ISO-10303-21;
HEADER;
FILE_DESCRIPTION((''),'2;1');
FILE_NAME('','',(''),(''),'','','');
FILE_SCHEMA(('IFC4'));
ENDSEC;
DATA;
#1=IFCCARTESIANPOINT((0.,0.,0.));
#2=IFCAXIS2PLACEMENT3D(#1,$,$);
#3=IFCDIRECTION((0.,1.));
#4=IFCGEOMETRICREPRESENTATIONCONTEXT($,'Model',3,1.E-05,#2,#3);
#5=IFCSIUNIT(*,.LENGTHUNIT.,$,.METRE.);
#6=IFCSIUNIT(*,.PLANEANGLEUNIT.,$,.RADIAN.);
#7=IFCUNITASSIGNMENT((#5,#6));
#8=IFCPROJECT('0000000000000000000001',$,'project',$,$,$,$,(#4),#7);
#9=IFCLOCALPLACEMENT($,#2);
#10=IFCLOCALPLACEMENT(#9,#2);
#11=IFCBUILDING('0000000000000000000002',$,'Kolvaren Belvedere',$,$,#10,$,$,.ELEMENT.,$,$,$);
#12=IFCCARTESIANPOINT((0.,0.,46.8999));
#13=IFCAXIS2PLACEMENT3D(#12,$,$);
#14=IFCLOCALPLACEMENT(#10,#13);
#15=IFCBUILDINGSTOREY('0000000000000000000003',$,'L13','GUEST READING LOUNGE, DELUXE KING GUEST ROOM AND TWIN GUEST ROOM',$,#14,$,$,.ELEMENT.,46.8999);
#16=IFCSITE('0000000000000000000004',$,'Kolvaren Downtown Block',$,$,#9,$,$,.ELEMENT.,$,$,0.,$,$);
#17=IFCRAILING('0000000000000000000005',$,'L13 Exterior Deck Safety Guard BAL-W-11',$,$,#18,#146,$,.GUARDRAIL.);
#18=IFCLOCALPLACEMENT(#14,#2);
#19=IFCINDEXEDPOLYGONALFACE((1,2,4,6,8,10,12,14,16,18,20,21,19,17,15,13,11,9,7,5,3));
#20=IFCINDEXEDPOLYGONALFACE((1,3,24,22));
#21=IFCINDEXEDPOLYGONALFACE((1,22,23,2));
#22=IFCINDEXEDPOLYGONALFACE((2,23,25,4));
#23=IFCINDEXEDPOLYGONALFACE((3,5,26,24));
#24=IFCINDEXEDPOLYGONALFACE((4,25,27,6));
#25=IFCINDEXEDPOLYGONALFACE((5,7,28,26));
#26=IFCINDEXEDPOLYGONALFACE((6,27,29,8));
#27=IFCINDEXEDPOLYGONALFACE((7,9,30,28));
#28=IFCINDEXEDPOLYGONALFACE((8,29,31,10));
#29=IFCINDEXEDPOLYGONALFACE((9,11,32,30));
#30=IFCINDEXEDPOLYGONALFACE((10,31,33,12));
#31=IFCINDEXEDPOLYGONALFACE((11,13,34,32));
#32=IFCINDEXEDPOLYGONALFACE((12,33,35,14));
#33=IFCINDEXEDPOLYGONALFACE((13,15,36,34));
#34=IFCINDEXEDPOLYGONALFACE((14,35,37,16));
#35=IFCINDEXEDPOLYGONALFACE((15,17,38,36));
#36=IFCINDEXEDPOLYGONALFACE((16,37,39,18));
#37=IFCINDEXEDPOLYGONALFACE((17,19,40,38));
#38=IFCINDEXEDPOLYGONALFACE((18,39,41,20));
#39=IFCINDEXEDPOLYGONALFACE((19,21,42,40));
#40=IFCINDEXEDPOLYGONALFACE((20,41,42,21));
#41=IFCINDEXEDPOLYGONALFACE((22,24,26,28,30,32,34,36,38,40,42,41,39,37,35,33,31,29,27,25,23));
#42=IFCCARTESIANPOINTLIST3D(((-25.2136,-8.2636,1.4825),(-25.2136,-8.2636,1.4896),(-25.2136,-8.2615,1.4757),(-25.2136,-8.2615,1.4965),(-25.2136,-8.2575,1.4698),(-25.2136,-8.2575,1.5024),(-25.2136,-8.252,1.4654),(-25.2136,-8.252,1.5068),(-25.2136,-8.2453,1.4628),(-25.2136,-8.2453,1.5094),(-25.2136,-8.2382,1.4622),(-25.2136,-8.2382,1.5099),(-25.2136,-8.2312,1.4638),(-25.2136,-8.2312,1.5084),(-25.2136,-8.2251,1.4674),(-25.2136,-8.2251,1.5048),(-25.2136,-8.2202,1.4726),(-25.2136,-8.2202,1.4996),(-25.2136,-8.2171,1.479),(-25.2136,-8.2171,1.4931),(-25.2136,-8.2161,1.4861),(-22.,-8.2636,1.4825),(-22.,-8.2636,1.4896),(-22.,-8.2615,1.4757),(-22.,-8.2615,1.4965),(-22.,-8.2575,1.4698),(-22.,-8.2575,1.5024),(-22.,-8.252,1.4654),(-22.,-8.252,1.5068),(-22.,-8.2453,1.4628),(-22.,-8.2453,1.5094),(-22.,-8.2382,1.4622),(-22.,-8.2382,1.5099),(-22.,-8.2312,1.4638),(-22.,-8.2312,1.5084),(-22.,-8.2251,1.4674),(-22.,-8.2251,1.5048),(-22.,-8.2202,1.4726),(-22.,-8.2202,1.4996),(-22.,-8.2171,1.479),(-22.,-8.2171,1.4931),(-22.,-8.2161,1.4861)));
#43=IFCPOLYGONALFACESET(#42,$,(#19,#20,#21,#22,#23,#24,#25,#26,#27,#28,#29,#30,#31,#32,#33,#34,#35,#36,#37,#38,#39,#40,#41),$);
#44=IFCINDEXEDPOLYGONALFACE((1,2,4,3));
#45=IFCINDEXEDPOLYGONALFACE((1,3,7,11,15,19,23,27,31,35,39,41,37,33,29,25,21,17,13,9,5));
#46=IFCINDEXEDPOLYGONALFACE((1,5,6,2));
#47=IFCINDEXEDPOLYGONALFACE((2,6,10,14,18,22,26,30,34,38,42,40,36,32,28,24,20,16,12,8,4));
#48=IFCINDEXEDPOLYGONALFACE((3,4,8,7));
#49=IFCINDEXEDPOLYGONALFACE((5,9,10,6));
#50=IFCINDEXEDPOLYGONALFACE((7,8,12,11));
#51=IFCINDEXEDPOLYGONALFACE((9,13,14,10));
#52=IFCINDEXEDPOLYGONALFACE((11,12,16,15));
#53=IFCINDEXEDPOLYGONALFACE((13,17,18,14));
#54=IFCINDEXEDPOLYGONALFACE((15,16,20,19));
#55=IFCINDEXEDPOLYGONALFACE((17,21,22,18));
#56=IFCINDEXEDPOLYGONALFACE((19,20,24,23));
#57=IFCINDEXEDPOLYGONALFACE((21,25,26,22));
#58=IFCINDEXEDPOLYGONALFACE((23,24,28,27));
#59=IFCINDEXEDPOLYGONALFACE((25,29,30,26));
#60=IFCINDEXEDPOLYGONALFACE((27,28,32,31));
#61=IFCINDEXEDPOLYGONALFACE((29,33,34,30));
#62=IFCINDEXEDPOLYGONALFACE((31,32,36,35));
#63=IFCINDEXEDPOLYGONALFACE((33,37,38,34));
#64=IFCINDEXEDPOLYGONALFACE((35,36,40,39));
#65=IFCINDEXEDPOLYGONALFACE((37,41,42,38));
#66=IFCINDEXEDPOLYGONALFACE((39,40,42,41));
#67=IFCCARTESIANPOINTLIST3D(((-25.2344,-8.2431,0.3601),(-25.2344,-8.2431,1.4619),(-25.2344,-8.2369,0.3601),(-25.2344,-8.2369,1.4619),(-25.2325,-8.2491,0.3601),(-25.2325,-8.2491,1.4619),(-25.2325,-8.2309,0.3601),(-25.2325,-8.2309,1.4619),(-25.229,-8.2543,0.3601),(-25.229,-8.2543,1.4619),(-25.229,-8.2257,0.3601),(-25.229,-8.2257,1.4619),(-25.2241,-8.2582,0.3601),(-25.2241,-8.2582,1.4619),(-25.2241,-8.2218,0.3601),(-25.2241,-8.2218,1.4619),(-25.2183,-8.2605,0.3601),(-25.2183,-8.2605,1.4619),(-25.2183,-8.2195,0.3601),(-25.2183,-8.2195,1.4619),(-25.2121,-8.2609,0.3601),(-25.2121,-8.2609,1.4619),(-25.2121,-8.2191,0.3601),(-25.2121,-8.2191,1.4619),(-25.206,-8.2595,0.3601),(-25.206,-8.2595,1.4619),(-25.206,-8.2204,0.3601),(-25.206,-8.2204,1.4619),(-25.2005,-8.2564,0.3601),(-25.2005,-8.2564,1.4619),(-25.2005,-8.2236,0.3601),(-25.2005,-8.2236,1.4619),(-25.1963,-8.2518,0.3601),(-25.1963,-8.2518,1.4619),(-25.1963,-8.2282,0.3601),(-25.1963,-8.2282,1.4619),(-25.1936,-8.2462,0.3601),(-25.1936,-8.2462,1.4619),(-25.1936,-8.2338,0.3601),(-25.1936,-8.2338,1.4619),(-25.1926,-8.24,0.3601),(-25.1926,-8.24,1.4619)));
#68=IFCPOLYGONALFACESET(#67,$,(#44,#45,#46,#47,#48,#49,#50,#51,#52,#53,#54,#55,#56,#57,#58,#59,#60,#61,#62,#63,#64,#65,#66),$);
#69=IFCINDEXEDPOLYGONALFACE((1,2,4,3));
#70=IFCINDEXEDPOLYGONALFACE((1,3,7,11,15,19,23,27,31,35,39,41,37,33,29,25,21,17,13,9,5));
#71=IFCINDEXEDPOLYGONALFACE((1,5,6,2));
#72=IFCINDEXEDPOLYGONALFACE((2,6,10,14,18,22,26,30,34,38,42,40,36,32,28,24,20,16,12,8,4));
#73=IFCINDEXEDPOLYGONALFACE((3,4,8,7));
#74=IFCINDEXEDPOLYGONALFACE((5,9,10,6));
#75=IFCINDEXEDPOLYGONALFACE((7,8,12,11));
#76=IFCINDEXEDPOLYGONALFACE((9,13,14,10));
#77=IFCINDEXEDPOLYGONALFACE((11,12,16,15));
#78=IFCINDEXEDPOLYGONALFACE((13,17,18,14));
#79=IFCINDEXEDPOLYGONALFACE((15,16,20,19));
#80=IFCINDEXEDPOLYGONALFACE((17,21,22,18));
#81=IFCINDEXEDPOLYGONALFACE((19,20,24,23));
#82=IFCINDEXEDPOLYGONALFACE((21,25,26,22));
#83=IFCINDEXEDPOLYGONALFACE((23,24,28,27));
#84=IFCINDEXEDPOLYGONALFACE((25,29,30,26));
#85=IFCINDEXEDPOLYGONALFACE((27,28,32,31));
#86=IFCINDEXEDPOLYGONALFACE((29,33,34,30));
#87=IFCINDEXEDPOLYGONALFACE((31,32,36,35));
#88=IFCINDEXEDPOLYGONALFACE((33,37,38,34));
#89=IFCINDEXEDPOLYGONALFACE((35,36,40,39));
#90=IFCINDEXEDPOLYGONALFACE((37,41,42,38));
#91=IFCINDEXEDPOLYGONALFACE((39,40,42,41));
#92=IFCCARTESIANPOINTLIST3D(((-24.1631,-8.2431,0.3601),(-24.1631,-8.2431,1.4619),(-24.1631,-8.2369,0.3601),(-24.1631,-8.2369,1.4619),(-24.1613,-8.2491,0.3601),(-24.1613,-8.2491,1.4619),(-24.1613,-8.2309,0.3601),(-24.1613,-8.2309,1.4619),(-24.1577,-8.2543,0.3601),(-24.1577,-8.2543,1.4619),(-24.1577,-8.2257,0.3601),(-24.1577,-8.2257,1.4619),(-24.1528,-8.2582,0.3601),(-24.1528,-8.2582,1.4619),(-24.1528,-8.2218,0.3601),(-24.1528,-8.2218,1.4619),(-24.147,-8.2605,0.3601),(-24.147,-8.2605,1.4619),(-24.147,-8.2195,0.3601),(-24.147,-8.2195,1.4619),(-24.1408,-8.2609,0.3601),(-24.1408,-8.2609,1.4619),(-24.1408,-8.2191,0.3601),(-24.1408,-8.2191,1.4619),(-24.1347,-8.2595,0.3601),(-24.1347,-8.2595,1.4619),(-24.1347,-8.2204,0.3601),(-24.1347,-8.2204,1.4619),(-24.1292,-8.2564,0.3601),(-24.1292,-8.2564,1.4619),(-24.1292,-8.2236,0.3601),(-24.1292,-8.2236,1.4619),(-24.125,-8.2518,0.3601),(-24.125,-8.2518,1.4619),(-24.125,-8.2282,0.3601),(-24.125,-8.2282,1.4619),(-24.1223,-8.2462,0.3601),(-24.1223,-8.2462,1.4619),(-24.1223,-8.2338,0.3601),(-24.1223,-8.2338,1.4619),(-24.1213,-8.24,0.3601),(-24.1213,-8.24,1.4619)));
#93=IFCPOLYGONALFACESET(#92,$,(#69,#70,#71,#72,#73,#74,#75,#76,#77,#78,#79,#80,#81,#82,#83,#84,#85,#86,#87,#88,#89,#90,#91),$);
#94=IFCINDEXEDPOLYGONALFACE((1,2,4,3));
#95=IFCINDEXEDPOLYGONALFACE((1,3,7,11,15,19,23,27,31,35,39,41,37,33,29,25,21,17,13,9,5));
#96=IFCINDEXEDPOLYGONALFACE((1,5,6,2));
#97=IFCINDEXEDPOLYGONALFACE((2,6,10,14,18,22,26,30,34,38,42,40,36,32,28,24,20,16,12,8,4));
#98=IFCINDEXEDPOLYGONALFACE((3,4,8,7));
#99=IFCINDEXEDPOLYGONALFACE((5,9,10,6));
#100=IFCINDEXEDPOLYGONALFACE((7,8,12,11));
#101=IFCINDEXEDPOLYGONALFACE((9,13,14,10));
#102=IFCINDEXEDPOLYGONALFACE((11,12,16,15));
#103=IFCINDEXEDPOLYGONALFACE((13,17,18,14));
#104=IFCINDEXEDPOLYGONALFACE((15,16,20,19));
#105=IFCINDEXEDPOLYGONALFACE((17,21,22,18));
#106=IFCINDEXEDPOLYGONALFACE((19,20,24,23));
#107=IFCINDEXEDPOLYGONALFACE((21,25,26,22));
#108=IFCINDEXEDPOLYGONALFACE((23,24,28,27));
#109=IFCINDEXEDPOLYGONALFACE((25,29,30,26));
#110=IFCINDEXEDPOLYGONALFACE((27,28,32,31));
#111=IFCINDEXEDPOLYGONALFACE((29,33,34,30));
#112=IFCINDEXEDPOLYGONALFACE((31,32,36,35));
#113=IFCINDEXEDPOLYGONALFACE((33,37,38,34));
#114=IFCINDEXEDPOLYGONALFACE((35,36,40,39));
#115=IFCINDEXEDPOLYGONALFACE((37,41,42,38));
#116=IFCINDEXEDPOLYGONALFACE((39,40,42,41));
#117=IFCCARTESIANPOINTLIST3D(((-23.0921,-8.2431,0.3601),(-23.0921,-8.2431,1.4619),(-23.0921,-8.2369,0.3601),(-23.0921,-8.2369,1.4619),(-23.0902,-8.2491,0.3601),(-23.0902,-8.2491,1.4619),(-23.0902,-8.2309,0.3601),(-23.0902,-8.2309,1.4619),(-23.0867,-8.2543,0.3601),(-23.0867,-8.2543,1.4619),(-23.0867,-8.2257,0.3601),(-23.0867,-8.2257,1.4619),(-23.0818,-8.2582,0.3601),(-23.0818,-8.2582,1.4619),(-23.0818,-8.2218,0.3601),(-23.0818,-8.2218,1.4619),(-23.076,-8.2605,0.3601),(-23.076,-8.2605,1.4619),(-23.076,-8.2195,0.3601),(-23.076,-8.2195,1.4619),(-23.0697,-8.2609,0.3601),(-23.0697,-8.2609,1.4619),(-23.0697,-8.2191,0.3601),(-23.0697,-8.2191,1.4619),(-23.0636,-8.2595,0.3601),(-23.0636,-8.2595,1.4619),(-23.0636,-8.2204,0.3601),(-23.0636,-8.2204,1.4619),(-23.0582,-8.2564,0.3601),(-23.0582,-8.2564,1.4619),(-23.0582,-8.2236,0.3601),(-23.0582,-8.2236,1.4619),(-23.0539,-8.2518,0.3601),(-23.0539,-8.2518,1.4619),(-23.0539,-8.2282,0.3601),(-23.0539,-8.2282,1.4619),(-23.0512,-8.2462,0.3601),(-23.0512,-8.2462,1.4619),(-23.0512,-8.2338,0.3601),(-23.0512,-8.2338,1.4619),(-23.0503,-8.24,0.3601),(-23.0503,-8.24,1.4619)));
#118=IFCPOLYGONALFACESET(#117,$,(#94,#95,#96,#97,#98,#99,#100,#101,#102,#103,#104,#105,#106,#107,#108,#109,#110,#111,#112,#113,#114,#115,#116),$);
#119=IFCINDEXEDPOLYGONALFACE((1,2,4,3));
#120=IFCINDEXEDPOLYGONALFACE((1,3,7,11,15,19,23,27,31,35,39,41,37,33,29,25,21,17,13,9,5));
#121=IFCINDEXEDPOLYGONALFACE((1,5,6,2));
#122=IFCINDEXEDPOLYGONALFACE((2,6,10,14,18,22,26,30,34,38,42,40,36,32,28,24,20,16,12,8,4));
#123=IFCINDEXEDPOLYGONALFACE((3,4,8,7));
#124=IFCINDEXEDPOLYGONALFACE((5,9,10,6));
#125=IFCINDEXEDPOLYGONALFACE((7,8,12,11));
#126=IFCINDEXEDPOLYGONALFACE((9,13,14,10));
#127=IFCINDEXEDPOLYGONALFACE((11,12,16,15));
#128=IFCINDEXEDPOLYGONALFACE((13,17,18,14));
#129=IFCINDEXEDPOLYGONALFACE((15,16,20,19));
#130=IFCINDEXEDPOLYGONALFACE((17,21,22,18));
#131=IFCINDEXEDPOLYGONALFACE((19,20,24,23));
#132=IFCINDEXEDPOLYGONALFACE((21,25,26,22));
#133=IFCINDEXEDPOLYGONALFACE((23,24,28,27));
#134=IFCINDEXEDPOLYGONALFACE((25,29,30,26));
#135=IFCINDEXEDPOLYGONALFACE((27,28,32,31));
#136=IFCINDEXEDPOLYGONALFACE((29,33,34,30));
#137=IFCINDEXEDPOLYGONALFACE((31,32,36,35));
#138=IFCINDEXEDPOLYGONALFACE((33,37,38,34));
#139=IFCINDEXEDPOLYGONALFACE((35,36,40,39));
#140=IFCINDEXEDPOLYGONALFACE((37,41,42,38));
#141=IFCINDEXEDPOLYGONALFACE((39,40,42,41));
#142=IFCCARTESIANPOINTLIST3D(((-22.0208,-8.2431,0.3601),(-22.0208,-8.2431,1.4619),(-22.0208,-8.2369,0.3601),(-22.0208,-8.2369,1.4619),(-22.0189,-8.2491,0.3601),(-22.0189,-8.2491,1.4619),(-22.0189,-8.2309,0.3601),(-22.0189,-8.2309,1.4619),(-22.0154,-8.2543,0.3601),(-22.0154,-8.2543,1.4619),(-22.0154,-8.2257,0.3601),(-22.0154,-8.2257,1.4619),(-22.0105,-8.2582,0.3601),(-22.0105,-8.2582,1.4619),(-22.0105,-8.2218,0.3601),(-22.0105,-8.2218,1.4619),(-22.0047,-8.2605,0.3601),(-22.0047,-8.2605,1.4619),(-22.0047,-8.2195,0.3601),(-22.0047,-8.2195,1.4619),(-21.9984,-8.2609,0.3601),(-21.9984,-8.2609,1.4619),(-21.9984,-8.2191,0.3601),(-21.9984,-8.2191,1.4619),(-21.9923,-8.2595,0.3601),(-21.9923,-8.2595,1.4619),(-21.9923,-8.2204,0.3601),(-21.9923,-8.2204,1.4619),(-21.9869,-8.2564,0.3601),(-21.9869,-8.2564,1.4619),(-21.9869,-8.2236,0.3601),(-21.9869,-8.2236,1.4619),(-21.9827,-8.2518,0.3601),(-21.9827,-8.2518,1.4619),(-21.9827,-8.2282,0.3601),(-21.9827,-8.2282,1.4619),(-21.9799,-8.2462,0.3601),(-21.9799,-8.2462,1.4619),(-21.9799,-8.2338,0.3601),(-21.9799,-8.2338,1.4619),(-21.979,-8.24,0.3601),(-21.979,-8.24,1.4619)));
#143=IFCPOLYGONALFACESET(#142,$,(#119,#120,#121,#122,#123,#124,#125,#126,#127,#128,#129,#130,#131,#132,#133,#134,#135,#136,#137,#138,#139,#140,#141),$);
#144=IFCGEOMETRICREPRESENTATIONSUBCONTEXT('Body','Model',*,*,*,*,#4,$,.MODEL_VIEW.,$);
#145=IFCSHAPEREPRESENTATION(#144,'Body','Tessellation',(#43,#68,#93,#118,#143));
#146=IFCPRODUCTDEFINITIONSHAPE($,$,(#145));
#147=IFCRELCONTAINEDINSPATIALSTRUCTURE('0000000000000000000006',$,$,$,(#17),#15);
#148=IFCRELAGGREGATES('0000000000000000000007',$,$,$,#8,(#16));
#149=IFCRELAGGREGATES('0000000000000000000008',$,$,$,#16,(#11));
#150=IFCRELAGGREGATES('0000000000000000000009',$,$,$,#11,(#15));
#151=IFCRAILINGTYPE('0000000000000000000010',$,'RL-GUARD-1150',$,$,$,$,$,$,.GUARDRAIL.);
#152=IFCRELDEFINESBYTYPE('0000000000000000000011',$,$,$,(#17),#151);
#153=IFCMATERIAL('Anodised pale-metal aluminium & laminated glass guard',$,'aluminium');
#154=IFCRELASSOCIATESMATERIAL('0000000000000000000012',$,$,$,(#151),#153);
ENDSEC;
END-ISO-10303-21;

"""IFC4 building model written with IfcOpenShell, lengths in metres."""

from ifc_helpers import new_model, si_unit, direction, frame, origin, origin_2d, place, context, subcontext, project, spatial, circle, extrude, material, type_object, element, save


model = new_model("IFC4")

# Units and contexts
model_context = context("Model", 3, precision=1e-05, world=origin(), true_north=direction((0.0, 1.0)))
body_context = subcontext(model_context, "Body", "Model", "MODEL_VIEW")
ifc_project = project(units=[si_unit("LENGTHUNIT", "METRE"), si_unit("PLANEANGLEUNIT", "RADIAN")], contexts=[model_context])

# Site, building, storey
site_placement = place(None, origin())
site = spatial("IfcSite", under=ifc_project, at=site_placement, Name="Kolvaren Downtown Block", CompositionType="ELEMENT", RefElevation=0.0)
building_placement = place(site_placement, origin())
building = spatial("IfcBuilding", under=site, at=building_placement, Name="Kolvaren Belvedere", CompositionType="ELEMENT")
storey_placement = place(building_placement, frame((0.0, 0.0, 46.8999)))
storey = spatial("IfcBuildingStorey", under=building, at=storey_placement, Name="L13", Description="GUEST READING LOUNGE, DELUXE KING GUEST ROOM AND TWIN GUEST ROOM", CompositionType="ELEMENT", Elevation=46.8999)

# Railing
ifc_material_1 = material(Name="Anodised pale-metal aluminium & laminated glass guard", Category="aluminium")
railing_type = type_object("IfcRailingType", Name="RL-GUARD-1150", PredefinedType="GUARDRAIL", material=ifc_material_1)
railing_1_placement = place(storey_placement, frame((-25.2136, -8.24, 0.3601)))
element("IfcRailing", 1, at=railing_1_placement, inside=storey, type_object=railing_type, Name="L13 Exterior Deck Safety Guard BAL-W-11", PredefinedType="GUARDRAIL", context=body_context, shape_type="SweptSolid", body=[
    extrude(circle(Radius=0.0239, at=origin_2d()), frame((0.0, 0.0, 1.126), z_axis=(1.0, 0.0, 0.0), x_axis=(0.0, 1.0, 0.0)), (0.0, 0.0, 1.0), 3.2136),
    extrude(circle(Radius=0.021, at=origin_2d()), origin(), (0.0, 0.0, 1.0), 1.1018),
    extrude(circle(Radius=0.021, at=origin_2d()), frame((1.0713, 0.0, 0.0)), (0.0, 0.0, 1.0), 1.1018),
    extrude(circle(Radius=0.021, at=origin_2d()), frame((2.1423, 0.0, 0.0)), (0.0, 0.0, 1.0), 1.1018),
    extrude(circle(Radius=0.021, at=origin_2d()), frame((3.2136, 0.0, 0.0)), (0.0, 0.0, 1.0), 1.1018),
])

save(model, "model.ifc")
